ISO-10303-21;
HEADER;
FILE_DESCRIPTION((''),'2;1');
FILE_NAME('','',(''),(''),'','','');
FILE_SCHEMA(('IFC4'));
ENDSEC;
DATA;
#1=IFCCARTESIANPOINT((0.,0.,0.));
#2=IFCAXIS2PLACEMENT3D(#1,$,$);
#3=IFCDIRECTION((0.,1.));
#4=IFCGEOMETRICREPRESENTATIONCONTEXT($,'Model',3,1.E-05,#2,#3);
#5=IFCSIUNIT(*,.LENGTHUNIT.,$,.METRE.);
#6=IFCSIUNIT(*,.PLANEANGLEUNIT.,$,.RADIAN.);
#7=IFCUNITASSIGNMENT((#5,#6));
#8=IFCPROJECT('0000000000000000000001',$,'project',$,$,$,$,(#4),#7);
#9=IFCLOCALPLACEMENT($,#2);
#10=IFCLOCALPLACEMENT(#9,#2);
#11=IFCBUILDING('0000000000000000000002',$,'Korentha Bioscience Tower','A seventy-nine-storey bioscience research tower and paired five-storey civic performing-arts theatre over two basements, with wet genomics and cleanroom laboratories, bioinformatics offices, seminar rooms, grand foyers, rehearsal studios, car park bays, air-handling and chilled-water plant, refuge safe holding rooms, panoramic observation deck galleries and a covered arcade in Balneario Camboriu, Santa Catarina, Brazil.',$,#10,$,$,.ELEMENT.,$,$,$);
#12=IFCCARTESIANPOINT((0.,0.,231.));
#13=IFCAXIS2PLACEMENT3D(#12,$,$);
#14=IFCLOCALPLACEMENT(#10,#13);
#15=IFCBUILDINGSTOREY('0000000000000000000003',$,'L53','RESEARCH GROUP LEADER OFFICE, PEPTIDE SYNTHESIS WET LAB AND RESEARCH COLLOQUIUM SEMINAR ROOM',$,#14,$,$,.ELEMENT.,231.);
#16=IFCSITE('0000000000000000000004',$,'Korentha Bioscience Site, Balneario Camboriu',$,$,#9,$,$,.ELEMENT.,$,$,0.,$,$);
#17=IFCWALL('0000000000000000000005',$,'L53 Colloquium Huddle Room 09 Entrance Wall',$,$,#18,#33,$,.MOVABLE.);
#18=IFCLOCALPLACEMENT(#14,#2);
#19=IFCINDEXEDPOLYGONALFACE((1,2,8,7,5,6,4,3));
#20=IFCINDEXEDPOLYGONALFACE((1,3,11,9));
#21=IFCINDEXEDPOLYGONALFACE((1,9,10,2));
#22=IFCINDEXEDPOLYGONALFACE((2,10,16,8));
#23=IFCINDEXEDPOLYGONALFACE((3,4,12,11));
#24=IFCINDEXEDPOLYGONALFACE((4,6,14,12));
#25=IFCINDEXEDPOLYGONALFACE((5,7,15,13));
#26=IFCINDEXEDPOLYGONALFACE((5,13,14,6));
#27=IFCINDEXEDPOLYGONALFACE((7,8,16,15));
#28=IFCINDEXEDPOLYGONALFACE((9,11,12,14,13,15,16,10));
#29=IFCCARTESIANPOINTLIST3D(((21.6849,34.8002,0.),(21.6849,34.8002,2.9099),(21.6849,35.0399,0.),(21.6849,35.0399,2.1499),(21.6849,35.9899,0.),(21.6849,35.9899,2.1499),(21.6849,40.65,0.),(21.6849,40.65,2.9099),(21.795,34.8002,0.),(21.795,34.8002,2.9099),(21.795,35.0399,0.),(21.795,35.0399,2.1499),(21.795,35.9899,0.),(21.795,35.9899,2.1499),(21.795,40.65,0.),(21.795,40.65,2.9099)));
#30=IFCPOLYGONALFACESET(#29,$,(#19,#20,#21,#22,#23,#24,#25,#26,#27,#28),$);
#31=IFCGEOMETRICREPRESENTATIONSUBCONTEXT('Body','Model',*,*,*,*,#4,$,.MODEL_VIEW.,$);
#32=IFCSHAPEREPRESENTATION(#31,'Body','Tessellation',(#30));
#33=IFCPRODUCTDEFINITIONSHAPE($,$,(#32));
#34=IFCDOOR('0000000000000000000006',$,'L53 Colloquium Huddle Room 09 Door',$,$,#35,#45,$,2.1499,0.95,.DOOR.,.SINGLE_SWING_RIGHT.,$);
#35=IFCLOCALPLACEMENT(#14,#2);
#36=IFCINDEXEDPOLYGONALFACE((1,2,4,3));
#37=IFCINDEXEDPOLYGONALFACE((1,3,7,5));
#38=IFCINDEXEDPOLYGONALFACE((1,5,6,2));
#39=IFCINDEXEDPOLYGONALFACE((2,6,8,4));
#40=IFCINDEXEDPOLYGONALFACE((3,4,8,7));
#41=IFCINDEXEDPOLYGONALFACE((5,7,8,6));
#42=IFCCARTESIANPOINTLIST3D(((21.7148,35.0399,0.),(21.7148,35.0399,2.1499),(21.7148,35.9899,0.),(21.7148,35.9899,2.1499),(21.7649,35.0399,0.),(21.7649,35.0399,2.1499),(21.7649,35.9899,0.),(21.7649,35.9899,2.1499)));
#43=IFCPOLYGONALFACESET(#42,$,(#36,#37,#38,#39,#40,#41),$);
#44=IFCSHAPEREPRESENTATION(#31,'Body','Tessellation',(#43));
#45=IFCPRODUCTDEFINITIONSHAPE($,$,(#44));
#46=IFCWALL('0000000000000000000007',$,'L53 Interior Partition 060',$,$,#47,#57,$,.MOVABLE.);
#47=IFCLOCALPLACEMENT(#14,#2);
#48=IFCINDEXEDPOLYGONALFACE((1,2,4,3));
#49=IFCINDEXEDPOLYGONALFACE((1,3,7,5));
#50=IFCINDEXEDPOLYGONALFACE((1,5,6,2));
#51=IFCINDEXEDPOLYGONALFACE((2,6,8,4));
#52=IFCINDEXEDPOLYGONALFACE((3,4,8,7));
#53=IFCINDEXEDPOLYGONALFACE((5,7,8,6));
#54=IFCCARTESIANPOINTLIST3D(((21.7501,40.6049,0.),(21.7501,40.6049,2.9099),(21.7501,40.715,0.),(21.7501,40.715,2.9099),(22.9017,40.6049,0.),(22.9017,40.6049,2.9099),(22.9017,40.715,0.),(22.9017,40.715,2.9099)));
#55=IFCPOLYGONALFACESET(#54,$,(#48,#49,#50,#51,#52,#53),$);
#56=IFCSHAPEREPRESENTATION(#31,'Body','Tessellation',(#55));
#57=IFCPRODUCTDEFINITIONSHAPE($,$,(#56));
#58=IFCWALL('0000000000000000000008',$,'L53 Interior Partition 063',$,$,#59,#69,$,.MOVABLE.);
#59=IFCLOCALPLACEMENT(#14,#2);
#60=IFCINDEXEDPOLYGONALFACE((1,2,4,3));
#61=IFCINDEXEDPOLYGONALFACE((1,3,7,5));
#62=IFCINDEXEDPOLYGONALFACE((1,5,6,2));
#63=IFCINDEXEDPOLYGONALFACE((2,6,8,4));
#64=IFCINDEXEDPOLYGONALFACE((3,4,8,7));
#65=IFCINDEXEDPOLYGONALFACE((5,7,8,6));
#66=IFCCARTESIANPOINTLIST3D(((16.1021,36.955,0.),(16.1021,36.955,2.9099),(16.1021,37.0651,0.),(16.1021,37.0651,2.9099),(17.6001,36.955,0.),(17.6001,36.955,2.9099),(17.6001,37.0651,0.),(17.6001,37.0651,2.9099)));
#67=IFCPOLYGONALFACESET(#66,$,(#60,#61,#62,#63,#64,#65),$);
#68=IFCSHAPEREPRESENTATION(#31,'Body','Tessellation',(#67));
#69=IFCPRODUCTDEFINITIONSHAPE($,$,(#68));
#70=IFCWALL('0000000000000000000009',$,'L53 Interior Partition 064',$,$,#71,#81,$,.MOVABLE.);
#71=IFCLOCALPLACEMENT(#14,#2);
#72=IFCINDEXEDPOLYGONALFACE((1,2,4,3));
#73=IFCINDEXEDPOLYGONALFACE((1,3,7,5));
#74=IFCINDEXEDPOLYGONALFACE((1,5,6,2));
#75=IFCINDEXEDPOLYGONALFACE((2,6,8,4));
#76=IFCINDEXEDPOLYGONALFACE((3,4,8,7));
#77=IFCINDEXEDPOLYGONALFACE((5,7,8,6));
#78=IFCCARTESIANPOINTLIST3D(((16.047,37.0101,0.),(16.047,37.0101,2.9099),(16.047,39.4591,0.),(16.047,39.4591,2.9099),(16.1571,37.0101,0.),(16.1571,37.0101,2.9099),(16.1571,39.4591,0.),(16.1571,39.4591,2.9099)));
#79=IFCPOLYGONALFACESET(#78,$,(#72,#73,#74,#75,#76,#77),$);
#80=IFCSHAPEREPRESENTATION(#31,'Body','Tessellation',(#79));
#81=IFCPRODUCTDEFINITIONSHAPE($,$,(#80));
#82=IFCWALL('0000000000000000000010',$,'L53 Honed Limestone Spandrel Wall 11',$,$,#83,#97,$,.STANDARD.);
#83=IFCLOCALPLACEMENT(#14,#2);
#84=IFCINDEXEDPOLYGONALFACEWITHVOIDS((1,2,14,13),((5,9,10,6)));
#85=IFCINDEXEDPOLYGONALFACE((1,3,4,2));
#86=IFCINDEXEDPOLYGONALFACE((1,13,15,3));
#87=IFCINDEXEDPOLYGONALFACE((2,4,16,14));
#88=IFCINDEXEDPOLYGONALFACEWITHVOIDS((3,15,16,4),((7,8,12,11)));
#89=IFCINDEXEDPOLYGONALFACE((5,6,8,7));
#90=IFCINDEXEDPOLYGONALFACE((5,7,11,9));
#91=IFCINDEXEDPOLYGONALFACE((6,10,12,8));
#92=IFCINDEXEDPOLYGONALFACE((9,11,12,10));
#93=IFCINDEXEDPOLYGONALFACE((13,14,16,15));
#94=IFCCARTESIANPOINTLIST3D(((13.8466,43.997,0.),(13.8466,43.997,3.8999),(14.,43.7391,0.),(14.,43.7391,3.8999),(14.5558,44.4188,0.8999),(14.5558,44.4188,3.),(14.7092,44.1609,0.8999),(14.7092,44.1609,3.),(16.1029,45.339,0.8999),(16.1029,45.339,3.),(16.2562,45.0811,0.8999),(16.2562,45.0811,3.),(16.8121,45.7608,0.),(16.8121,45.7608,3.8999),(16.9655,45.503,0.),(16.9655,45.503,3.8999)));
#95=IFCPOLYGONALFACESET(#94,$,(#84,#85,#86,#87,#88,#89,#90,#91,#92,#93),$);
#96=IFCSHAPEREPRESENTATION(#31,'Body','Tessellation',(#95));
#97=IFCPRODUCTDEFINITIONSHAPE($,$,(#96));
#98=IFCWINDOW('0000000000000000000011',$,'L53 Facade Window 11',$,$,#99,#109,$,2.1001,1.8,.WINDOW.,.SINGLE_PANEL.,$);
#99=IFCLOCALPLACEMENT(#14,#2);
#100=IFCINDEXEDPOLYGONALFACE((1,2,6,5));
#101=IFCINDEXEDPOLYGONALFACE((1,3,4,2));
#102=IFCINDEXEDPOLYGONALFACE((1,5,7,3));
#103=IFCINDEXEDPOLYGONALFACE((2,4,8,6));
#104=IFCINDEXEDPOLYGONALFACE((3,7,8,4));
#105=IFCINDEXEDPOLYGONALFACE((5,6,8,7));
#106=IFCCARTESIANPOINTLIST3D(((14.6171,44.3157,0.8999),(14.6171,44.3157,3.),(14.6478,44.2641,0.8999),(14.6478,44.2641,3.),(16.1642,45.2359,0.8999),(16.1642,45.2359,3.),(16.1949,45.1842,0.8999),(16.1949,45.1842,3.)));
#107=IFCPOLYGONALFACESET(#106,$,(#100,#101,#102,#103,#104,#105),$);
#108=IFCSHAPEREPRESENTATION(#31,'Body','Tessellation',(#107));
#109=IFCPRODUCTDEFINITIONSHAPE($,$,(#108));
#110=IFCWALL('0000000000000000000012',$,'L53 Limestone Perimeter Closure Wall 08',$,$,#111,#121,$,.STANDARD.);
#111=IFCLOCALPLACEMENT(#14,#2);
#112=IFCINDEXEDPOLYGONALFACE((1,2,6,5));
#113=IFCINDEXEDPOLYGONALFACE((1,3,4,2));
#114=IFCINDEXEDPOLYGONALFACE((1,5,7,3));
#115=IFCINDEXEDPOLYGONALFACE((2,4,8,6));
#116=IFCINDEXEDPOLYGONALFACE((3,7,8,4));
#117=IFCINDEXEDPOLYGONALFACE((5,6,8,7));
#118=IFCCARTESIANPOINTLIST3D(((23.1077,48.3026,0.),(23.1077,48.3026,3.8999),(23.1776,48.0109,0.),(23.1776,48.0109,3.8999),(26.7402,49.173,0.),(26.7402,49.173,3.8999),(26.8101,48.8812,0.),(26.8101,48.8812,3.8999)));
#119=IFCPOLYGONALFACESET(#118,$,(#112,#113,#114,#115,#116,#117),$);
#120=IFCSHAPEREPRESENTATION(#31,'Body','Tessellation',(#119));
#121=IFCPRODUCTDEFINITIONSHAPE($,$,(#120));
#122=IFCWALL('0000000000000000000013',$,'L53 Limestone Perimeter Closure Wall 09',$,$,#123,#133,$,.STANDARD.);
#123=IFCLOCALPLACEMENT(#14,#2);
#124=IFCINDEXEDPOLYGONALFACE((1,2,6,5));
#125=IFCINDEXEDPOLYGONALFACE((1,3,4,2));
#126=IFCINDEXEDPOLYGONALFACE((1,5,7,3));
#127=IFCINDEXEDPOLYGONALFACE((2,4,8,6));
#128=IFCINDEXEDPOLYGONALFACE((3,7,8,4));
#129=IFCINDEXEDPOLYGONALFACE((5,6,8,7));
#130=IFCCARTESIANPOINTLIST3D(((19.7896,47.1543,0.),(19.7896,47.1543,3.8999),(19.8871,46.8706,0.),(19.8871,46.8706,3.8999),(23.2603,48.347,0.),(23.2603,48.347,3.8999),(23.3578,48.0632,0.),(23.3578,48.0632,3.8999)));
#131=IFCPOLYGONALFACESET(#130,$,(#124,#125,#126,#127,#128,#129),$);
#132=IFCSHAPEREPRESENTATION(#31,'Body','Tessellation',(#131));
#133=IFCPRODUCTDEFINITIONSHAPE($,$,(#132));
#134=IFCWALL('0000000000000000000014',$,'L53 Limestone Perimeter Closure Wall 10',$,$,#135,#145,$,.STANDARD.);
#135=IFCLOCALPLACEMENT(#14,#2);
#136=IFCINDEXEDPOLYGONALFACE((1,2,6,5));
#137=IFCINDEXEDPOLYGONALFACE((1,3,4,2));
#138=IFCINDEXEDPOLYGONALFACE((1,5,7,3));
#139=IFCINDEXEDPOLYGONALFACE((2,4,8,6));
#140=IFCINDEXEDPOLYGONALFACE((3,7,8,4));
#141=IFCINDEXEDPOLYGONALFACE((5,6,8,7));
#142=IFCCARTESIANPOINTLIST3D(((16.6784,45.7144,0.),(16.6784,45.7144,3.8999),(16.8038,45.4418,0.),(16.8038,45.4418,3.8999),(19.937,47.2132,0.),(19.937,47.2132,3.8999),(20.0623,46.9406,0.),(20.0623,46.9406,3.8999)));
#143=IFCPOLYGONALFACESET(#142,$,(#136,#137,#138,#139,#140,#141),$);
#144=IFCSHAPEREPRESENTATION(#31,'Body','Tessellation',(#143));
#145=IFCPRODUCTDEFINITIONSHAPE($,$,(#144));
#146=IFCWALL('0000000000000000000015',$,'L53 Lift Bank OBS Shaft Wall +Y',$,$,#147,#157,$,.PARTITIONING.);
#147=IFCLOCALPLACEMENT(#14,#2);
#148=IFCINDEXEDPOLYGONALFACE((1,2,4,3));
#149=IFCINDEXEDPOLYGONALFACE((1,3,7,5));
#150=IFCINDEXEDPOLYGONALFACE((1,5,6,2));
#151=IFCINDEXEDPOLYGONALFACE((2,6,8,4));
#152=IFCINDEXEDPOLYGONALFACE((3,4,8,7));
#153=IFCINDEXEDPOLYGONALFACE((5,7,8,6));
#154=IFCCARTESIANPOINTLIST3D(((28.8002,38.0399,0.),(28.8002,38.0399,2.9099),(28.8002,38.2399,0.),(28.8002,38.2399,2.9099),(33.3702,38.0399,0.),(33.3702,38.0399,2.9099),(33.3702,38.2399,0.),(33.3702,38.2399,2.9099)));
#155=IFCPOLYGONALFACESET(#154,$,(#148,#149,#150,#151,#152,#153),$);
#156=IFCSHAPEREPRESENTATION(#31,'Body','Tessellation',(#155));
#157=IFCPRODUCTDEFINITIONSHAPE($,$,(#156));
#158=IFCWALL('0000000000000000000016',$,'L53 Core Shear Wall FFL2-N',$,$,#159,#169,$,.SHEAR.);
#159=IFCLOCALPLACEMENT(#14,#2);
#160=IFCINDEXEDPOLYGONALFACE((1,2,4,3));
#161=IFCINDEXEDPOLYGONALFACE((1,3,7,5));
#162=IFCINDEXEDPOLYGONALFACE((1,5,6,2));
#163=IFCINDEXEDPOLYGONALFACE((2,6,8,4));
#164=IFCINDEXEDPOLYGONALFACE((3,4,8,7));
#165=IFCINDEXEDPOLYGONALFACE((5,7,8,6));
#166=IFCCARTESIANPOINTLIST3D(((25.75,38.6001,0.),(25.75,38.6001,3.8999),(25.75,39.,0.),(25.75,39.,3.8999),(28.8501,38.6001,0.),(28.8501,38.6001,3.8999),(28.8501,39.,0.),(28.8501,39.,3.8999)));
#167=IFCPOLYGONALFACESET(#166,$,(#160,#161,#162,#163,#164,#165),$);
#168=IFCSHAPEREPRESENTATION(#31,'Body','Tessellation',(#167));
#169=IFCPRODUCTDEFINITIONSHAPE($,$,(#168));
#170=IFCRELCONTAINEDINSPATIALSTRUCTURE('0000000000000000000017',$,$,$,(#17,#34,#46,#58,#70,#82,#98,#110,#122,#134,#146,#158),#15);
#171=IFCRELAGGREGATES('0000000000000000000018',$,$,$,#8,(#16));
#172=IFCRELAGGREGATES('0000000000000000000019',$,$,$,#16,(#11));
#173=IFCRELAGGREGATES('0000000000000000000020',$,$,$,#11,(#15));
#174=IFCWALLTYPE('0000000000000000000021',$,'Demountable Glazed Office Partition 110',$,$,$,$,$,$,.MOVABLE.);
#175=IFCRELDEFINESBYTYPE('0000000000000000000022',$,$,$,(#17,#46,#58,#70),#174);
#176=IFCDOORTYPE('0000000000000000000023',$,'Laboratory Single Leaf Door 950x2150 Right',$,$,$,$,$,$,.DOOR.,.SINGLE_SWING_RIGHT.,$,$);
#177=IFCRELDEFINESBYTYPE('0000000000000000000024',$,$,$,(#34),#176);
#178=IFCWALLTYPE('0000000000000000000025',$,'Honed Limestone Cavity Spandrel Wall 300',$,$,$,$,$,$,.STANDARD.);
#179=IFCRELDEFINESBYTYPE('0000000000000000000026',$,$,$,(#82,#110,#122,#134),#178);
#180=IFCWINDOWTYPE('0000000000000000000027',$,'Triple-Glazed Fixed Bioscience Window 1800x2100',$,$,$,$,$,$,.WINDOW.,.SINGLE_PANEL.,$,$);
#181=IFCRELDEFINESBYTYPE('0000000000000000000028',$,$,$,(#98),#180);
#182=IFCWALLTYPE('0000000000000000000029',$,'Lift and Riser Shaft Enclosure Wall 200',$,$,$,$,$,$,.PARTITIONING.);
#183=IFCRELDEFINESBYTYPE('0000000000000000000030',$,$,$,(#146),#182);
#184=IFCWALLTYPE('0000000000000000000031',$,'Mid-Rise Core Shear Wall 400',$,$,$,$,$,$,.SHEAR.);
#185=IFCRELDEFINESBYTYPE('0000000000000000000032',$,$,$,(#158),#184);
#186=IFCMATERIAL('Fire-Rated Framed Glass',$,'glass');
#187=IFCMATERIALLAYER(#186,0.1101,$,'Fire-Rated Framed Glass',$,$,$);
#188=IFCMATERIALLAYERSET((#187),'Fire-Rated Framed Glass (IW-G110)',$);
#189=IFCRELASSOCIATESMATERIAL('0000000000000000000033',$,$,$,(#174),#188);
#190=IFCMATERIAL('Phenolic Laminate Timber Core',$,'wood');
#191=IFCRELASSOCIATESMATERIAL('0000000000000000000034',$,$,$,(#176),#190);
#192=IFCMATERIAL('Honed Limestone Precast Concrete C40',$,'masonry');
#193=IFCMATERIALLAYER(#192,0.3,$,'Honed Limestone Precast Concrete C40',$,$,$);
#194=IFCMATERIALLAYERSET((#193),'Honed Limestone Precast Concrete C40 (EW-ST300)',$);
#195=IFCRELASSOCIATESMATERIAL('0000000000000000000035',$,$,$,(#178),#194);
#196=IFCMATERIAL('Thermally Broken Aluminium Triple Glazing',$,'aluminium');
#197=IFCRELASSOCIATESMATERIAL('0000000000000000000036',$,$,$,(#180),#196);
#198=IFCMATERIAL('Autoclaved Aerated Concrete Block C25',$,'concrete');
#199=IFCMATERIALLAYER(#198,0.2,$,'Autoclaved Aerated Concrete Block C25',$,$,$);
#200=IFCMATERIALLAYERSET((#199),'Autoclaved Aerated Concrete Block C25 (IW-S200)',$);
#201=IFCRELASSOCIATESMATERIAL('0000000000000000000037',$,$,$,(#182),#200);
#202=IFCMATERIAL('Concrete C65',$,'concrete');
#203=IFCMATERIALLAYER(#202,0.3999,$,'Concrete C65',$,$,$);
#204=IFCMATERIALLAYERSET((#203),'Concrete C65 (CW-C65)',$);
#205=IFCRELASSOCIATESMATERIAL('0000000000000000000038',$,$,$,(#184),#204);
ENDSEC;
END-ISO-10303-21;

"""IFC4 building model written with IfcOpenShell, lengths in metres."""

from ifc_helpers import new_model, si_unit, direction, frame, frame_2d, origin, place, context, subcontext, project, spatial, rectangle, extrude, material, layer, layer_set, type_object, element, fill, save


model = new_model("IFC4")

# Units and contexts
model_context = context("Model", 3, precision=1e-05, world=origin(), true_north=direction((0.0, 1.0)))
body_context = subcontext(model_context, "Body", "Model", "MODEL_VIEW")
ifc_project = project(units=[si_unit("LENGTHUNIT", "METRE"), si_unit("PLANEANGLEUNIT", "RADIAN")], contexts=[model_context])

# Site, building, storey
site_placement = place(None, origin())
site = spatial("IfcSite", under=ifc_project, at=site_placement, Name="Korentha Bioscience Site, Balneario Camboriu", CompositionType="ELEMENT", RefElevation=0.0)
building_placement = place(site_placement, origin())
building = spatial("IfcBuilding", under=site, at=building_placement, Name="Korentha Bioscience Tower", Description="A seventy-nine-storey bioscience research tower and paired five-storey civic performing-arts theatre over two basements, with wet genomics and cleanroom laboratories, bioinformatics offices, seminar rooms, grand foyers, rehearsal studios, car park bays, air-handling and chilled-water plant, refuge safe holding rooms, panoramic observation deck galleries and a covered arcade in Balneario Camboriu, Santa Catarina, Brazil.", CompositionType="ELEMENT")
storey_placement = place(building_placement, frame((0.0, 0.0, 231.0)))
storey = spatial("IfcBuildingStorey", under=building, at=storey_placement, Name="L53", Description="RESEARCH GROUP LEADER OFFICE, PEPTIDE SYNTHESIS WET LAB AND RESEARCH COLLOQUIUM SEMINAR ROOM", CompositionType="ELEMENT", Elevation=231.0)

# Shared definitions
ifc_material_1 = material(Name="Concrete C65", Category="concrete")

# Wall, opening, door
ifc_material_2 = material(Name="Fire-Rated Framed Glass", Category="glass")
ifc_layer_1 = layer(ifc_material_2, 0.1101, Name="Fire-Rated Framed Glass")
ifc_layer_set_1 = layer_set([ifc_layer_1], Name="Fire-Rated Framed Glass (IW-G110)")
wall_type_1 = type_object("IfcWallType", Name="Demountable Glazed Office Partition 110", PredefinedType="MOVABLE", material=ifc_layer_set_1)
wall_1_placement = place(storey_placement, frame((21.74, 40.6499, 0.0), z_axis=(0.0, 0.0, 1.0), x_axis=(0.0, -1.0, 0.0)))
wall_1 = element("IfcWall", 1, at=wall_1_placement, inside=storey, type_object=wall_type_1, Name="L53 Colloquium Huddle Room 09 Entrance Wall", PredefinedType="MOVABLE", context=body_context, shape_type="SweptSolid", body=[
    extrude(rectangle(XDim=5.8499, YDim=0.1101, at=frame_2d((2.9248, 0.0))), origin(), (0.0, 0.0, 1.0), 2.9099),
])
opening_1_placement = place(wall_1_placement, frame((4.6599, 0.0, 0.0)))
opening_1 = element("IfcOpeningElement", 2, at=opening_1_placement, cuts=wall_1, PredefinedType="OPENING", context=body_context, shape_type="SweptSolid", body=[
    extrude(rectangle(XDim=0.95, YDim=2.1499, at=frame_2d((0.4751, 1.075))), frame((0.0, 0.0698, 0.0), z_axis=(0.0, -1.0, 0.0), x_axis=(1.0, 0.0, 0.0)), (0.0, 0.0, 1.0), 0.1399),
])
ifc_material_3 = material(Name="Phenolic Laminate Timber Core", Category="wood")
door_type = type_object("IfcDoorType", Name="Laboratory Single Leaf Door 950x2150 Right", OperationType="SINGLE_SWING_RIGHT", PredefinedType="DOOR", material=ifc_material_3)
door_placement = place(opening_1_placement, origin())
door = element("IfcDoor", 3, at=door_placement, inside=storey, type_object=door_type, Name="L53 Colloquium Huddle Room 09 Door", OperationType="SINGLE_SWING_RIGHT", OverallHeight=2.1499, OverallWidth=0.95, PredefinedType="DOOR", context=body_context, shape_type="SweptSolid", body=[
    extrude(rectangle(XDim=0.95, YDim=2.1499, at=frame_2d((0.4751, 1.075))), frame((0.0, 0.0249, 0.0), z_axis=(0.0, -1.0, 0.0), x_axis=(1.0, 0.0, 0.0)), (0.0, 0.0, 1.0), 0.05),
])
fill(opening_1, door)

# Walls
wall_2_placement = place(storey_placement, frame((22.9016, 40.6599, 0.0), z_axis=(0.0, 0.0, 1.0), x_axis=(-1.0, 0.0, 0.0)))
element("IfcWall", 4, at=wall_2_placement, inside=storey, type_object=wall_type_1, Name="L53 Interior Partition 060", PredefinedType="MOVABLE", context=body_context, shape_type="SweptSolid", body=[
    extrude(rectangle(XDim=1.1516, YDim=0.1101, at=frame_2d((0.5757, 0.0))), origin(), (0.0, 0.0, 1.0), 2.9099),
])
wall_3_placement = place(storey_placement, frame((17.6001, 37.01, 0.0), z_axis=(0.0, 0.0, 1.0), x_axis=(-1.0, 0.0, 0.0)))
element("IfcWall", 5, at=wall_3_placement, inside=storey, type_object=wall_type_1, Name="L53 Interior Partition 063", PredefinedType="MOVABLE", context=body_context, shape_type="SweptSolid", body=[
    extrude(rectangle(XDim=1.498, YDim=0.1101, at=frame_2d((0.749, 0.0))), origin(), (0.0, 0.0, 1.0), 2.9099),
])
wall_4_placement = place(storey_placement, frame((16.1021, 37.01, 0.0), z_axis=(0.0, 0.0, 1.0), x_axis=(0.0, 1.0, 0.0)))
element("IfcWall", 6, at=wall_4_placement, inside=storey, type_object=wall_type_1, Name="L53 Interior Partition 064", PredefinedType="MOVABLE", context=body_context, shape_type="SweptSolid", body=[
    extrude(rectangle(XDim=2.449, YDim=0.1101, at=frame_2d((1.2246, 0.0))), origin(), (0.0, 0.0, 1.0), 2.9099),
])

# Wall, opening, window
ifc_material_4 = material(Name="Honed Limestone Precast Concrete C40", Category="masonry")
ifc_layer_2 = layer(ifc_material_4, 0.3, Name="Honed Limestone Precast Concrete C40")
ifc_layer_set_2 = layer_set([ifc_layer_2], Name="Honed Limestone Precast Concrete C40 (EW-ST300)")
wall_type_2 = type_object("IfcWallType", Name="Honed Limestone Cavity Spandrel Wall 300", PredefinedType="STANDARD", material=ifc_layer_set_2)
wall_5_placement = place(storey_placement, frame((16.8887, 45.6318, 0.0), z_axis=(0.0, 0.0, 1.0), x_axis=(-0.859459, -0.511204, 0.0)))
wall_5 = element("IfcWall", 7, at=wall_5_placement, inside=storey, type_object=wall_type_2, Name="L53 Honed Limestone Spandrel Wall 11", PredefinedType="STANDARD", context=body_context, shape_type="SweptSolid", body=[
    extrude(rectangle(XDim=3.4504, YDim=0.3, at=frame_2d((1.7251, 0.0))), origin(), (0.0, 0.0, 1.0), 3.8999),
])
opening_2_placement = place(wall_5_placement, frame((0.8252, 0.0, 0.8999)))
opening_2 = element("IfcOpeningElement", 8, at=opening_2_placement, cuts=wall_5, PredefinedType="OPENING", context=body_context, shape_type="SweptSolid", body=[
    extrude(rectangle(XDim=1.8, YDim=2.1001, at=frame_2d((0.8999, 1.05))), frame((0.0, 0.165, 0.0), z_axis=(0.0, -1.0, 0.0), x_axis=(1.0, 0.0, 0.0)), (0.0, 0.0, 1.0), 0.3298),
])
ifc_material_5 = material(Name="Thermally Broken Aluminium Triple Glazing", Category="aluminium")
window_type = type_object("IfcWindowType", Name="Triple-Glazed Fixed Bioscience Window 1800x2100", PartitioningType="SINGLE_PANEL", PredefinedType="WINDOW", material=ifc_material_5)
window_placement = place(opening_2_placement, origin())
window = element("IfcWindow", 9, at=window_placement, inside=storey, type_object=window_type, Name="L53 Facade Window 11", OverallHeight=2.1001, OverallWidth=1.8, PartitioningType="SINGLE_PANEL", PredefinedType="WINDOW", context=body_context, shape_type="SweptSolid", body=[
    extrude(rectangle(XDim=1.8, YDim=2.1001, at=frame_2d((0.8999, 1.05))), frame((0.0, 0.03, 0.0), z_axis=(0.0, -1.0, 0.0), x_axis=(1.0, 0.0, 0.0)), (0.0, 0.0, 1.0), 0.0601),
])
fill(opening_2, window)

# Walls
wall_6_placement = place(storey_placement, frame((26.7751, 49.0271, 0.0), z_axis=(0.0, 0.0, 1.0), x_axis=(-0.972476, -0.233005, 0.0)))
element("IfcWall", 10, at=wall_6_placement, inside=storey, type_object=wall_type_2, Name="L53 Limestone Perimeter Closure Wall 08", PredefinedType="STANDARD", context=body_context, shape_type="SweptSolid", body=[
    extrude(rectangle(XDim=3.7354, YDim=0.3, at=frame_2d((1.8677, 0.0))), origin(), (0.0, 0.0, 1.0), 3.8999),
])
wall_7_placement = place(storey_placement, frame((23.3091, 48.2051, 0.0), z_axis=(0.0, 0.0, 1.0), x_axis=(-0.945722, -0.324976, 0.0)))
element("IfcWall", 11, at=wall_7_placement, inside=storey, type_object=wall_type_2, Name="L53 Limestone Perimeter Closure Wall 09", PredefinedType="STANDARD", context=body_context, shape_type="SweptSolid", body=[
    extrude(rectangle(XDim=3.6699, YDim=0.3, at=frame_2d((1.835, 0.0))), origin(), (0.0, 0.0, 1.0), 3.8999),
])
wall_8_placement = place(storey_placement, frame((19.9998, 47.0769, 0.0), z_axis=(0.0, 0.0, 1.0), x_axis=(-0.908506, -0.417871, 0.0)))
element("IfcWall", 12, at=wall_8_placement, inside=storey, type_object=wall_type_2, Name="L53 Limestone Perimeter Closure Wall 10", PredefinedType="STANDARD", context=body_context, shape_type="SweptSolid", body=[
    extrude(rectangle(XDim=3.5867, YDim=0.3, at=frame_2d((1.7935, 0.0))), origin(), (0.0, 0.0, 1.0), 3.8999),
])
ifc_material_6 = material(Name="Autoclaved Aerated Concrete Block C25", Category="concrete")
ifc_layer_3 = layer(ifc_material_6, 0.2, Name="Autoclaved Aerated Concrete Block C25")
ifc_layer_set_3 = layer_set([ifc_layer_3], Name="Autoclaved Aerated Concrete Block C25 (IW-S200)")
wall_type_3 = type_object("IfcWallType", Name="Lift and Riser Shaft Enclosure Wall 200", PredefinedType="PARTITIONING", material=ifc_layer_set_3)
wall_9_placement = place(storey_placement, frame((28.8, 38.1399, 0.0), z_axis=(0.0, 0.0, 1.0), x_axis=(1.0, 0.0, 0.0)))
element("IfcWall", 13, at=wall_9_placement, inside=storey, type_object=wall_type_3, Name="L53 Lift Bank OBS Shaft Wall +Y", PredefinedType="PARTITIONING", context=body_context, shape_type="SweptSolid", body=[
    extrude(rectangle(XDim=4.5701, YDim=0.2, at=frame_2d((2.2852, 0.0))), origin(), (0.0, 0.0, 1.0), 2.9099),
])
ifc_layer_4 = layer(ifc_material_1, 0.3999, Name="Concrete C65")
ifc_layer_set_4 = layer_set([ifc_layer_4], Name="Concrete C65 (CW-C65)")
wall_type_4 = type_object("IfcWallType", Name="Mid-Rise Core Shear Wall 400", PredefinedType="SHEAR", material=ifc_layer_set_4)
wall_10_placement = place(storey_placement, frame((25.75, 38.8, 0.0), z_axis=(0.0, 0.0, 1.0), x_axis=(1.0, 0.0, 0.0)))
element("IfcWall", 14, at=wall_10_placement, inside=storey, type_object=wall_type_4, Name="L53 Core Shear Wall FFL2-N", PredefinedType="SHEAR", context=body_context, shape_type="SweptSolid", body=[
    extrude(rectangle(XDim=3.1001, YDim=0.3999, at=frame_2d((1.55, 0.0))), origin(), (0.0, 0.0, 1.0), 3.8999),
])

save(model, "model.ifc")
